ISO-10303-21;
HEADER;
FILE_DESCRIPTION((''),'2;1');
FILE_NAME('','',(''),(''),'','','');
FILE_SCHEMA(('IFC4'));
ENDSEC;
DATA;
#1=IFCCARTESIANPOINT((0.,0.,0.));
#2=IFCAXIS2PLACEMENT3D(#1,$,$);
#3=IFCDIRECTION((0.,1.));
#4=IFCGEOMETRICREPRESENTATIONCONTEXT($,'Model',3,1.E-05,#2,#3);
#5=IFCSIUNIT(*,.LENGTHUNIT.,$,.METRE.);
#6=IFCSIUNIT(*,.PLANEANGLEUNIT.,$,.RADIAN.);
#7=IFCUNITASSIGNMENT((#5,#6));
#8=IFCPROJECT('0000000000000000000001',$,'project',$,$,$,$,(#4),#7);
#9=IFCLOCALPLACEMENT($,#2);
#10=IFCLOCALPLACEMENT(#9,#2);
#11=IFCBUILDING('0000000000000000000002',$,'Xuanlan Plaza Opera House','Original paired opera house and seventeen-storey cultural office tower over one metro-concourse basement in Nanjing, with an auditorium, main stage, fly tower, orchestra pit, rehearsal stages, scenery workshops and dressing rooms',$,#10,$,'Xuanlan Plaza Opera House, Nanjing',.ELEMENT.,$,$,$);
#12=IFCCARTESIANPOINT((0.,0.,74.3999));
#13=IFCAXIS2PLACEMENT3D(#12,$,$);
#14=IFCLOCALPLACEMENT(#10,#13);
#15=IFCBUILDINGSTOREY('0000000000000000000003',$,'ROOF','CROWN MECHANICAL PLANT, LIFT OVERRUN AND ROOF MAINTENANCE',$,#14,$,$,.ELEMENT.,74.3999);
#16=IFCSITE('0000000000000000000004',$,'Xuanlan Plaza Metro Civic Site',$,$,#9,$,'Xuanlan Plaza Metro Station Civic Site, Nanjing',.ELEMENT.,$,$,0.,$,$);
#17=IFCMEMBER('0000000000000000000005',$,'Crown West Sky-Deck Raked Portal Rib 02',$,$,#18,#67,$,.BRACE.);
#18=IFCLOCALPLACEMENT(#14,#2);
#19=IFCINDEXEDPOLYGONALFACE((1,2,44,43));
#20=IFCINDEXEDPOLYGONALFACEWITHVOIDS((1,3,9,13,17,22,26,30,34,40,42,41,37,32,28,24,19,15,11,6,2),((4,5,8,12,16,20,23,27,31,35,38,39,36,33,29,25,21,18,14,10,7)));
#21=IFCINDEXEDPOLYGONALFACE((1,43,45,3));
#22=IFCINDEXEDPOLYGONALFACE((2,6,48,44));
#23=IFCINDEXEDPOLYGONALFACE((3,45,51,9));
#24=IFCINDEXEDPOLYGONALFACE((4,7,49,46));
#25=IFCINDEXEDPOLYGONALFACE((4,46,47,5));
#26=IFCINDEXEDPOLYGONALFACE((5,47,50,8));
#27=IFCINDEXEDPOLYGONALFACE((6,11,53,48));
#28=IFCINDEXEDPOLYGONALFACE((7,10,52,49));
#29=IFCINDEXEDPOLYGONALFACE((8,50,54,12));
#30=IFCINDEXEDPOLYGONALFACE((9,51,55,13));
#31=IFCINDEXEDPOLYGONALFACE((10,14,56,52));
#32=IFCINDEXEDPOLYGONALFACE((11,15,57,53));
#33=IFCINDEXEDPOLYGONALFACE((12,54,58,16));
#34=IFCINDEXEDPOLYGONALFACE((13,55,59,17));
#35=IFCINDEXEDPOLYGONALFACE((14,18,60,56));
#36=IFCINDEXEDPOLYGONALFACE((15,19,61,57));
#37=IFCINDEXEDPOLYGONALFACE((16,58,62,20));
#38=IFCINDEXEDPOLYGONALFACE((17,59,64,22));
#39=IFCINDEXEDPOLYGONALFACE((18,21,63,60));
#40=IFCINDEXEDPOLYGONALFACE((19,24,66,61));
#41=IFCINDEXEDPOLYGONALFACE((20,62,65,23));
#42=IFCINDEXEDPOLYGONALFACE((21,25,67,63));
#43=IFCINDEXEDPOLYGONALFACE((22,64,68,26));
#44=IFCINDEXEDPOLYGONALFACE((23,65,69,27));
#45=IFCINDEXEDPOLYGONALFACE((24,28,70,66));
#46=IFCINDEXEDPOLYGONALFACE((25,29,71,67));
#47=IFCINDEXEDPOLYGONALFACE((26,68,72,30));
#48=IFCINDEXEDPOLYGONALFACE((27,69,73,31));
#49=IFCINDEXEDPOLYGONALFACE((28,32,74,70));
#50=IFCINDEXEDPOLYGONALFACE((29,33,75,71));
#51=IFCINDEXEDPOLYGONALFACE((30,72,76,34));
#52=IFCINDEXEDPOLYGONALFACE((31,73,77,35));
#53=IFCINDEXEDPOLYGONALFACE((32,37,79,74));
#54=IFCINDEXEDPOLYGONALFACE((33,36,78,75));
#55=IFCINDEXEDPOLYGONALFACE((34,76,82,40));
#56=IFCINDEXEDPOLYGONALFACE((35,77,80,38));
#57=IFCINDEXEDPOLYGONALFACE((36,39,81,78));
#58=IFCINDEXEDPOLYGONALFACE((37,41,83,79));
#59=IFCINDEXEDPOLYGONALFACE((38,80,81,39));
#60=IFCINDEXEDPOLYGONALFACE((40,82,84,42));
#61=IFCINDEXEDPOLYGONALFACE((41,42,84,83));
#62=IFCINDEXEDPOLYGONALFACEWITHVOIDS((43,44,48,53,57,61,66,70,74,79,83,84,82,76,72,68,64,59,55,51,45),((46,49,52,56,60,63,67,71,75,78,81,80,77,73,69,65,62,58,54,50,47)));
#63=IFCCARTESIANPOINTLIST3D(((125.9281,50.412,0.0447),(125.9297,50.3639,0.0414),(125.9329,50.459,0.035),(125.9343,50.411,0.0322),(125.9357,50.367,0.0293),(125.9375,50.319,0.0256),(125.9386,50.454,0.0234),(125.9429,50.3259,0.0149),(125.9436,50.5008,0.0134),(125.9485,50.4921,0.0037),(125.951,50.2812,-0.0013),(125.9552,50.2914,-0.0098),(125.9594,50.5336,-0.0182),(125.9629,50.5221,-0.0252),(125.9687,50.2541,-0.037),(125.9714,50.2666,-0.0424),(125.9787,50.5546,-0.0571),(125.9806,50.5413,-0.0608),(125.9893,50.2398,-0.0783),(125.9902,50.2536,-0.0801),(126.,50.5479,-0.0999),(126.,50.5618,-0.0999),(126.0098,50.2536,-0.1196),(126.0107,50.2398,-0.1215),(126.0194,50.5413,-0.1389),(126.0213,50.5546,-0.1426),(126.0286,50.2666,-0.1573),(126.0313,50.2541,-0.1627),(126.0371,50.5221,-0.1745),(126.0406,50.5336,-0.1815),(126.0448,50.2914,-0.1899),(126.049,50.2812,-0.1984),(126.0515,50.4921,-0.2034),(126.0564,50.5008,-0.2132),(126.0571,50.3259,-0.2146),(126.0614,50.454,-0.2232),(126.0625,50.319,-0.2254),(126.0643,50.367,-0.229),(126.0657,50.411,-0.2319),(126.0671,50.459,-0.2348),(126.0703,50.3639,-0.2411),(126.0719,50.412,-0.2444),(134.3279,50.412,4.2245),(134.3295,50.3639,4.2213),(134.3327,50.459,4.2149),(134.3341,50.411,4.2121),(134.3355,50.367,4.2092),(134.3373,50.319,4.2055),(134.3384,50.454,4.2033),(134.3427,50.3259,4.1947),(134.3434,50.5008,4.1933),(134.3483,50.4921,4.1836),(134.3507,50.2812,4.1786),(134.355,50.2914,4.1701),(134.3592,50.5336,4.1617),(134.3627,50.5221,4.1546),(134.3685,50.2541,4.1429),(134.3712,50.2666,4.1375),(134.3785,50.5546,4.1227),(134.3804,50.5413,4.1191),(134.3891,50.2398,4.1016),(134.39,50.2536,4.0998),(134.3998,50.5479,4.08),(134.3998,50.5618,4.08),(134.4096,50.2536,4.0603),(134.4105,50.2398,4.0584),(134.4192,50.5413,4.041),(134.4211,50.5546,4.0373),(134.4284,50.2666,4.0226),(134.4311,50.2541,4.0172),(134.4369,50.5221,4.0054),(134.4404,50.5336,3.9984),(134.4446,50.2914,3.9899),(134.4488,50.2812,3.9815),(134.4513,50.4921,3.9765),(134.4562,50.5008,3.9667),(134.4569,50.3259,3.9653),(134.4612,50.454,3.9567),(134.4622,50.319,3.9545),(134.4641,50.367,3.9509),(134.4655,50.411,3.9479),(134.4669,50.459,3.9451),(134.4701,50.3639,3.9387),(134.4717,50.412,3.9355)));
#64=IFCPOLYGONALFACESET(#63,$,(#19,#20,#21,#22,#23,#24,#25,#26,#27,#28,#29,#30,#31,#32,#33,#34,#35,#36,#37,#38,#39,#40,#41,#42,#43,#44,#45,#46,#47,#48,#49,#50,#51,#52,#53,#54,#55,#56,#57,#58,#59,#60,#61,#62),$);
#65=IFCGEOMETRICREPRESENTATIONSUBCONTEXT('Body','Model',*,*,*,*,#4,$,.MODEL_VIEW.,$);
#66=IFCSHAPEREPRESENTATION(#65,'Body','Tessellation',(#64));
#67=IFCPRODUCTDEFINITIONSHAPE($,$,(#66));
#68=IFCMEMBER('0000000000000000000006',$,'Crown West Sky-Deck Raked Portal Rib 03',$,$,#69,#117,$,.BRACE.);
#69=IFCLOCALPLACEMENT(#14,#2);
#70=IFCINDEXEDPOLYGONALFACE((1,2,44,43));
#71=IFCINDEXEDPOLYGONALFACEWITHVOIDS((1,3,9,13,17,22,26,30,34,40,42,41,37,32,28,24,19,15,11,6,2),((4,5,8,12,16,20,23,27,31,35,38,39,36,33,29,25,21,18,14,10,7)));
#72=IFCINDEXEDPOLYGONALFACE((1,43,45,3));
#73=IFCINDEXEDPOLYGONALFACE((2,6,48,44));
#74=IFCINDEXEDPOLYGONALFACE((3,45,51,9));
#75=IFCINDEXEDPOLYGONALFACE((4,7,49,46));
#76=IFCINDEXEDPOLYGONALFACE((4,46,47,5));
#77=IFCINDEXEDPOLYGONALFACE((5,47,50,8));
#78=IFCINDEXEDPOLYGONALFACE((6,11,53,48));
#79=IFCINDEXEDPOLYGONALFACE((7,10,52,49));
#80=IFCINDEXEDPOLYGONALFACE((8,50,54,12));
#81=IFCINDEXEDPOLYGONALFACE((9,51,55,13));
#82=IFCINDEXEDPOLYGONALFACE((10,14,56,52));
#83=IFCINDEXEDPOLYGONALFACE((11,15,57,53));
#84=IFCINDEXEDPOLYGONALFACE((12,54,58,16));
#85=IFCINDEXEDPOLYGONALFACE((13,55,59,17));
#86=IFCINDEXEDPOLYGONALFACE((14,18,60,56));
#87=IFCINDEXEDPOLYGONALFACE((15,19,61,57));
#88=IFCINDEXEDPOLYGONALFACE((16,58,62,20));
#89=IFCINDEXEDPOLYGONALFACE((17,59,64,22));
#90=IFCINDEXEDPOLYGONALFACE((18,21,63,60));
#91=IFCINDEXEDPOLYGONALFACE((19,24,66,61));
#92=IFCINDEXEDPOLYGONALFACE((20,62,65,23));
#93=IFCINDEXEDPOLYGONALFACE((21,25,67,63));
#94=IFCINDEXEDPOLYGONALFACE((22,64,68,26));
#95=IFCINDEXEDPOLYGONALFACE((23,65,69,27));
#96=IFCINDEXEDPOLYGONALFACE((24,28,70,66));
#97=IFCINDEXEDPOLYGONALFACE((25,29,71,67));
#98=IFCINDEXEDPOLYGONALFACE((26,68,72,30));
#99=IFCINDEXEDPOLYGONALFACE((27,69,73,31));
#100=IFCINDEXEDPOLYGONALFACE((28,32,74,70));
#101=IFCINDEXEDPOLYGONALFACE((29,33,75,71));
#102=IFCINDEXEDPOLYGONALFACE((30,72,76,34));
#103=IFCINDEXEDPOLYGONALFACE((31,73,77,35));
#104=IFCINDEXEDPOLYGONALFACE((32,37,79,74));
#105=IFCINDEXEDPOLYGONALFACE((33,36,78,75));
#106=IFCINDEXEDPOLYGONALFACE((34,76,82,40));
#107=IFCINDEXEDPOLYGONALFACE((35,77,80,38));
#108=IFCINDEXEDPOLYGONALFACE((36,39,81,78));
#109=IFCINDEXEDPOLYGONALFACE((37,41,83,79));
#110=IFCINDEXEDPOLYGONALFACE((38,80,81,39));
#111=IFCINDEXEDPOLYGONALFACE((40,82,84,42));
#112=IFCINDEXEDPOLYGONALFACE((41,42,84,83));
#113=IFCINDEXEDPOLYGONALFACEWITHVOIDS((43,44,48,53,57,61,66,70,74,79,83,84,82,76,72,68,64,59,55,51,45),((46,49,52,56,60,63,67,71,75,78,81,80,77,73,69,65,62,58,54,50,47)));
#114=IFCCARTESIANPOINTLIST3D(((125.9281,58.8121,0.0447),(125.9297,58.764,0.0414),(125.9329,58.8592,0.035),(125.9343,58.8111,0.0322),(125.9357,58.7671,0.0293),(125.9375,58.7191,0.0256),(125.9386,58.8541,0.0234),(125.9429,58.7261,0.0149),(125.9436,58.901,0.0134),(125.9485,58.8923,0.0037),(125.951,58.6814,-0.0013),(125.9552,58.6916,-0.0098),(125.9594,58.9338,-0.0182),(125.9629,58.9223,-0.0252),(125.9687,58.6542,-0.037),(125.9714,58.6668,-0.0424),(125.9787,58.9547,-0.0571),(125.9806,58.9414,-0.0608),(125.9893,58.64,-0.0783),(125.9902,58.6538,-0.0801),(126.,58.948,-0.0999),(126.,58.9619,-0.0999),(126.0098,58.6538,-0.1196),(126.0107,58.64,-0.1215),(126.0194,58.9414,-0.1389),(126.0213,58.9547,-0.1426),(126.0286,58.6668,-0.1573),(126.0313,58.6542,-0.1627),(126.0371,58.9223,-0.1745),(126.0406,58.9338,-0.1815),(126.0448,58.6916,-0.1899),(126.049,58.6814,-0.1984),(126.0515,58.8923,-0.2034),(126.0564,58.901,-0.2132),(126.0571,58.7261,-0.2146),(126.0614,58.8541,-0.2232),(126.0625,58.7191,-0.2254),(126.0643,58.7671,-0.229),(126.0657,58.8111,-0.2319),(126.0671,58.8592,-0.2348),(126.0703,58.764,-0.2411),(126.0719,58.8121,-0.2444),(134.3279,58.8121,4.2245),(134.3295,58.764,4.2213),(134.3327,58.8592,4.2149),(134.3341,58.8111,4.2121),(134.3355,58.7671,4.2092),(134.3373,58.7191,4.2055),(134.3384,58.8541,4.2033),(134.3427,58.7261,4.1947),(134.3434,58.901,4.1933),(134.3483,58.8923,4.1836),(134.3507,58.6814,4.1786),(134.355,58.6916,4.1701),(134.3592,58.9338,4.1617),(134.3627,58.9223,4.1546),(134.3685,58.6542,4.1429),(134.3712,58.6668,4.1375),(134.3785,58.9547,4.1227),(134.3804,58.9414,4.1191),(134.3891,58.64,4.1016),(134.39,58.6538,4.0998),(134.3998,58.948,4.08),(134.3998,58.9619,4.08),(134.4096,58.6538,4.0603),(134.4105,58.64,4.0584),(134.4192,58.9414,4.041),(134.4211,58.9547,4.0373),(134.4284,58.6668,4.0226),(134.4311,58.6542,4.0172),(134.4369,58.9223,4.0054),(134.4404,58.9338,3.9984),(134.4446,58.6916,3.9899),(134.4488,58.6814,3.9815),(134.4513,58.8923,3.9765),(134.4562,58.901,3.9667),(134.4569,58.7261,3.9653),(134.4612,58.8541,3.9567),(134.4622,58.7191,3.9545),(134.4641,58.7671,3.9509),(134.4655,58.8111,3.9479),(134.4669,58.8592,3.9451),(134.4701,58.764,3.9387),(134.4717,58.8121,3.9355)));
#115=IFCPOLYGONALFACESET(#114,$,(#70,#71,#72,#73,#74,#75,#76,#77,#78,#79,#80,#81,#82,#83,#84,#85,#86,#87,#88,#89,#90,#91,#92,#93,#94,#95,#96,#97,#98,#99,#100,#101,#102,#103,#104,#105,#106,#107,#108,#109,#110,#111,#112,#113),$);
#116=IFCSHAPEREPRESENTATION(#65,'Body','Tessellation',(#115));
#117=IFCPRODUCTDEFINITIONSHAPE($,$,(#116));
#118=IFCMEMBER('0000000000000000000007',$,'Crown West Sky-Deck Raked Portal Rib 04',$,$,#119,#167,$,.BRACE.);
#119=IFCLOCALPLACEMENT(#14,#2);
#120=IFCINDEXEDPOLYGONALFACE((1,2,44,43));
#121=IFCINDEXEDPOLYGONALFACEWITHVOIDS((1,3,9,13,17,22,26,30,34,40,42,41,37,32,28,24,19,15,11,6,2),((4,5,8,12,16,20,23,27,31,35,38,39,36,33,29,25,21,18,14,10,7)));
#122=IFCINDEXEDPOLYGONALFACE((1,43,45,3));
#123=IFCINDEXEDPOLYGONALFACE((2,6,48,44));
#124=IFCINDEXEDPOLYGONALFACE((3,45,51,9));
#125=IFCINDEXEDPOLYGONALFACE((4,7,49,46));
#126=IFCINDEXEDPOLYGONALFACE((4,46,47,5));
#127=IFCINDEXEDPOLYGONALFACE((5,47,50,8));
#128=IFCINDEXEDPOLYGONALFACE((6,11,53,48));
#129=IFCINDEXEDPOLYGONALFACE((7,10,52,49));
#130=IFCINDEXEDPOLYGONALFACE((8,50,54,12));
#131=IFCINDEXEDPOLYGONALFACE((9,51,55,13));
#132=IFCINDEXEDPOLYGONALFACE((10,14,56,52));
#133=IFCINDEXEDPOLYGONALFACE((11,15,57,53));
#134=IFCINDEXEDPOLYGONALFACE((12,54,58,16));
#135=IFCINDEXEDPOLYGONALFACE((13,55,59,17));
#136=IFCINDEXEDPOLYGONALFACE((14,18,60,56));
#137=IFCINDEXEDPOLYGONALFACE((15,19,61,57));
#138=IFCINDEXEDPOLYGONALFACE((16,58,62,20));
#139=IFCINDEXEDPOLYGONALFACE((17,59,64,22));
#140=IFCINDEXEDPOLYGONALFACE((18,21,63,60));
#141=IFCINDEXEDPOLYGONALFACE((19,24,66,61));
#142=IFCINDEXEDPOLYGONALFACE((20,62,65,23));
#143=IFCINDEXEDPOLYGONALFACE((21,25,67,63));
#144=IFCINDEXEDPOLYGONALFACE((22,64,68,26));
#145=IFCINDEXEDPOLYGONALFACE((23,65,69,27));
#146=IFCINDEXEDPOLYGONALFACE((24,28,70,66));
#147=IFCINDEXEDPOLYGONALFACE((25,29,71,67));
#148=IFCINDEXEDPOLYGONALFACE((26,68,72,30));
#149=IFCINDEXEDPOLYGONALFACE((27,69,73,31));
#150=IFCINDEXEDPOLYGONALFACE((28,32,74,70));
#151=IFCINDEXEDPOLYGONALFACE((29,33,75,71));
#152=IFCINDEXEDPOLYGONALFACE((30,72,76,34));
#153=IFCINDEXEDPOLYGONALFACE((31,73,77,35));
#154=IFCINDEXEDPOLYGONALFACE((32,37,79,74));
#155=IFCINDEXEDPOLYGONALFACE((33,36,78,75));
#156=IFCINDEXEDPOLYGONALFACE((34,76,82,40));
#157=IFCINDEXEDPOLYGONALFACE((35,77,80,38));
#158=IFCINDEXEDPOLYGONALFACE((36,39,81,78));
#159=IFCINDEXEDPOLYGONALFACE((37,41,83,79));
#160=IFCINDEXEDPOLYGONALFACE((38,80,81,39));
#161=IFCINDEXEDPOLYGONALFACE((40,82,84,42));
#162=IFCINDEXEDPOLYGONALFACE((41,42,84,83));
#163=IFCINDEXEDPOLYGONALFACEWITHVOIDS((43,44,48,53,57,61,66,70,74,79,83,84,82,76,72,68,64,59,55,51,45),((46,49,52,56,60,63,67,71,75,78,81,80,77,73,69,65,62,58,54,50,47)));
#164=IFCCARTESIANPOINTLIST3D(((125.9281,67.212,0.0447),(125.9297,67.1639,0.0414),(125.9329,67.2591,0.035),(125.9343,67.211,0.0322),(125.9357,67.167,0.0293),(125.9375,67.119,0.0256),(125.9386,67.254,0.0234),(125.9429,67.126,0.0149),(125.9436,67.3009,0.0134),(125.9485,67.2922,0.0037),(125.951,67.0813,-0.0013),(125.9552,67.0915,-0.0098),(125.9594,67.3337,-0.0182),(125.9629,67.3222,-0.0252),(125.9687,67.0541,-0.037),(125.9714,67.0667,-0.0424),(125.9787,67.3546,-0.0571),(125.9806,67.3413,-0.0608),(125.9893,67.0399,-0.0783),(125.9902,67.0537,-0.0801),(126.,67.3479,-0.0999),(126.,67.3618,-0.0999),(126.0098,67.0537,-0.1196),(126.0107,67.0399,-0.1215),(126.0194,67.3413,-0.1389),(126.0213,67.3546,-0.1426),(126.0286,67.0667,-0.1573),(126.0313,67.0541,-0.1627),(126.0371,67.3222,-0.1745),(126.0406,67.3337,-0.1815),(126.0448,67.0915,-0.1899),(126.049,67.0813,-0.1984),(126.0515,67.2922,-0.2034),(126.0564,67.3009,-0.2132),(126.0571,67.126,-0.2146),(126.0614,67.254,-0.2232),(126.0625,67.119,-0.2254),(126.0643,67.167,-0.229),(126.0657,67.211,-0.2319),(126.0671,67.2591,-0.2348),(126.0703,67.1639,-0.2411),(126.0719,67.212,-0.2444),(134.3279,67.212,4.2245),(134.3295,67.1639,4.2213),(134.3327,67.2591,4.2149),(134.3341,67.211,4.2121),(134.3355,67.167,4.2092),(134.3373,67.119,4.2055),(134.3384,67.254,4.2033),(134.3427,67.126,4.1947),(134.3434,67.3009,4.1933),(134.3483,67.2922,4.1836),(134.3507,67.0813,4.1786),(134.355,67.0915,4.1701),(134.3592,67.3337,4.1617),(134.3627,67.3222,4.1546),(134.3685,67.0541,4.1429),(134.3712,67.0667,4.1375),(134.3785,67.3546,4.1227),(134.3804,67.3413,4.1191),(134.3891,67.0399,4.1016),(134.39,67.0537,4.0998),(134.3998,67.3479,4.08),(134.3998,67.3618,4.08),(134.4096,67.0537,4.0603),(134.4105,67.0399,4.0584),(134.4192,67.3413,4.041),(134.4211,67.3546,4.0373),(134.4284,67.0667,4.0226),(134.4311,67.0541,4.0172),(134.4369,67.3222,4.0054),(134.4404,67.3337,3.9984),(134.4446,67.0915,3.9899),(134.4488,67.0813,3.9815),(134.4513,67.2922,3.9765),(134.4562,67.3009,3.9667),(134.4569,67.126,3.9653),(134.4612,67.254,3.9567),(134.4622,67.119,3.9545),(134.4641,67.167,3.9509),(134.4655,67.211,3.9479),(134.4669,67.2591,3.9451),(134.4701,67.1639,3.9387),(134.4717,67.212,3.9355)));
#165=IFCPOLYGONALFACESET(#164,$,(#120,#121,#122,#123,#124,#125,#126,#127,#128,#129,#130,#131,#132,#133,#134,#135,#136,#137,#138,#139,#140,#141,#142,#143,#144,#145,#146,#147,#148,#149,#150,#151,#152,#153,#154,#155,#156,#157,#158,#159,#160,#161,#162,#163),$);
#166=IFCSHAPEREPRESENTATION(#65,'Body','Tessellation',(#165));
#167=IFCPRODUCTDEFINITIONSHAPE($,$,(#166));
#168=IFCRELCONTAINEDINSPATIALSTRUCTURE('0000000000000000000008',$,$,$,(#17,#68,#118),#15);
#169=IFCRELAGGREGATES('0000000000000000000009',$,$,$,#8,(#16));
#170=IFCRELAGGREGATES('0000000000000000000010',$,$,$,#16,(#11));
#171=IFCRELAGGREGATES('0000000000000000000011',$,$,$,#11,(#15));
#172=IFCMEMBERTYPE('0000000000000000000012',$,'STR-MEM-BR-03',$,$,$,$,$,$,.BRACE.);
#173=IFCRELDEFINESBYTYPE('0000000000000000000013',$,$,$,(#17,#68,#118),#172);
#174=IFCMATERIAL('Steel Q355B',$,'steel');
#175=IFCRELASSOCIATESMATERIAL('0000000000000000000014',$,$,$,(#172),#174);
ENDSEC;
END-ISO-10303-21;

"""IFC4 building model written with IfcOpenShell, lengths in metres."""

from ifc_helpers import new_model, si_unit, direction, frame, origin, origin_2d, place, context, subcontext, project, spatial, hollow_circle, extrude, material, material_profile, profile_set, type_object, element, save


model = new_model("IFC4")

# Units and contexts
model_context = context("Model", 3, precision=1e-05, world=origin(), true_north=direction((0.0, 1.0)))
body_context = subcontext(model_context, "Body", "Model", "MODEL_VIEW")
ifc_project = project(units=[si_unit("LENGTHUNIT", "METRE"), si_unit("PLANEANGLEUNIT", "RADIAN")], contexts=[model_context])

# Site, building, storey
site_placement = place(None, origin())
site = spatial("IfcSite", under=ifc_project, at=site_placement, Name="Xuanlan Plaza Metro Civic Site", LongName="Xuanlan Plaza Metro Station Civic Site, Nanjing", CompositionType="ELEMENT", RefElevation=0.0)
building_placement = place(site_placement, origin())
building = spatial("IfcBuilding", under=site, at=building_placement, Name="Xuanlan Plaza Opera House", Description="Original paired opera house and seventeen-storey cultural office tower over one metro-concourse basement in Nanjing, with an auditorium, main stage, fly tower, orchestra pit, rehearsal stages, scenery workshops and dressing rooms", LongName="Xuanlan Plaza Opera House, Nanjing", CompositionType="ELEMENT")
storey_placement = place(building_placement, frame((0.0, 0.0, 74.3999)))
storey = spatial("IfcBuildingStorey", under=building, at=storey_placement, Name="ROOF", Description="CROWN MECHANICAL PLANT, LIFT OVERRUN AND ROOF MAINTENANCE", CompositionType="ELEMENT", Elevation=74.3999)

# Shared definitions
ifc_material_1 = material(Name="Steel Q355B", Category="steel")

# Members
ifc_material_profile_1 = material_profile(ifc_material_1, hollow_circle(Radius=0.1619, WallThickness=0.0139, at=origin_2d()), Name="CHS 323.9x14")
ifc_profile_set_1 = profile_set([ifc_material_profile_1], Name="Steel Q355B")
member_type = type_object("IfcMemberType", Name="STR-MEM-BR-03", PredefinedType="BRACE", material=ifc_profile_set_1)
for number, where, z_axis, x_axis, name in (
    (1, (126.0, 50.3999, -0.0999), (0.895279, 0.0, 0.445506), (0.0, 1.0, 0.0), "Crown West Sky-Deck Raked Portal Rib 02"),
    (2, (126.0, 58.8, -0.0999), (0.895279, 0.0, 0.445506), (0.0, 1.0, 0.0), "Crown West Sky-Deck Raked Portal Rib 03"),
    (3, (126.0, 67.2, -0.0999), (0.895279, 0.0, 0.445506), (0.0, 1.0, 0.0), "Crown West Sky-Deck Raked Portal Rib 04"),
):
    element("IfcMember", number, at=place(storey_placement, frame(where, z_axis=z_axis, x_axis=x_axis)), inside=storey, type_object=member_type, Name=name, PredefinedType="BRACE", context=body_context, shape_type="SweptSolid", body=[
        extrude(hollow_circle(Radius=0.1619, WallThickness=0.0139, at=origin_2d()), origin(), (0.0, 0.0, 1.0), 9.3823),
    ])

save(model, "model.ifc")
